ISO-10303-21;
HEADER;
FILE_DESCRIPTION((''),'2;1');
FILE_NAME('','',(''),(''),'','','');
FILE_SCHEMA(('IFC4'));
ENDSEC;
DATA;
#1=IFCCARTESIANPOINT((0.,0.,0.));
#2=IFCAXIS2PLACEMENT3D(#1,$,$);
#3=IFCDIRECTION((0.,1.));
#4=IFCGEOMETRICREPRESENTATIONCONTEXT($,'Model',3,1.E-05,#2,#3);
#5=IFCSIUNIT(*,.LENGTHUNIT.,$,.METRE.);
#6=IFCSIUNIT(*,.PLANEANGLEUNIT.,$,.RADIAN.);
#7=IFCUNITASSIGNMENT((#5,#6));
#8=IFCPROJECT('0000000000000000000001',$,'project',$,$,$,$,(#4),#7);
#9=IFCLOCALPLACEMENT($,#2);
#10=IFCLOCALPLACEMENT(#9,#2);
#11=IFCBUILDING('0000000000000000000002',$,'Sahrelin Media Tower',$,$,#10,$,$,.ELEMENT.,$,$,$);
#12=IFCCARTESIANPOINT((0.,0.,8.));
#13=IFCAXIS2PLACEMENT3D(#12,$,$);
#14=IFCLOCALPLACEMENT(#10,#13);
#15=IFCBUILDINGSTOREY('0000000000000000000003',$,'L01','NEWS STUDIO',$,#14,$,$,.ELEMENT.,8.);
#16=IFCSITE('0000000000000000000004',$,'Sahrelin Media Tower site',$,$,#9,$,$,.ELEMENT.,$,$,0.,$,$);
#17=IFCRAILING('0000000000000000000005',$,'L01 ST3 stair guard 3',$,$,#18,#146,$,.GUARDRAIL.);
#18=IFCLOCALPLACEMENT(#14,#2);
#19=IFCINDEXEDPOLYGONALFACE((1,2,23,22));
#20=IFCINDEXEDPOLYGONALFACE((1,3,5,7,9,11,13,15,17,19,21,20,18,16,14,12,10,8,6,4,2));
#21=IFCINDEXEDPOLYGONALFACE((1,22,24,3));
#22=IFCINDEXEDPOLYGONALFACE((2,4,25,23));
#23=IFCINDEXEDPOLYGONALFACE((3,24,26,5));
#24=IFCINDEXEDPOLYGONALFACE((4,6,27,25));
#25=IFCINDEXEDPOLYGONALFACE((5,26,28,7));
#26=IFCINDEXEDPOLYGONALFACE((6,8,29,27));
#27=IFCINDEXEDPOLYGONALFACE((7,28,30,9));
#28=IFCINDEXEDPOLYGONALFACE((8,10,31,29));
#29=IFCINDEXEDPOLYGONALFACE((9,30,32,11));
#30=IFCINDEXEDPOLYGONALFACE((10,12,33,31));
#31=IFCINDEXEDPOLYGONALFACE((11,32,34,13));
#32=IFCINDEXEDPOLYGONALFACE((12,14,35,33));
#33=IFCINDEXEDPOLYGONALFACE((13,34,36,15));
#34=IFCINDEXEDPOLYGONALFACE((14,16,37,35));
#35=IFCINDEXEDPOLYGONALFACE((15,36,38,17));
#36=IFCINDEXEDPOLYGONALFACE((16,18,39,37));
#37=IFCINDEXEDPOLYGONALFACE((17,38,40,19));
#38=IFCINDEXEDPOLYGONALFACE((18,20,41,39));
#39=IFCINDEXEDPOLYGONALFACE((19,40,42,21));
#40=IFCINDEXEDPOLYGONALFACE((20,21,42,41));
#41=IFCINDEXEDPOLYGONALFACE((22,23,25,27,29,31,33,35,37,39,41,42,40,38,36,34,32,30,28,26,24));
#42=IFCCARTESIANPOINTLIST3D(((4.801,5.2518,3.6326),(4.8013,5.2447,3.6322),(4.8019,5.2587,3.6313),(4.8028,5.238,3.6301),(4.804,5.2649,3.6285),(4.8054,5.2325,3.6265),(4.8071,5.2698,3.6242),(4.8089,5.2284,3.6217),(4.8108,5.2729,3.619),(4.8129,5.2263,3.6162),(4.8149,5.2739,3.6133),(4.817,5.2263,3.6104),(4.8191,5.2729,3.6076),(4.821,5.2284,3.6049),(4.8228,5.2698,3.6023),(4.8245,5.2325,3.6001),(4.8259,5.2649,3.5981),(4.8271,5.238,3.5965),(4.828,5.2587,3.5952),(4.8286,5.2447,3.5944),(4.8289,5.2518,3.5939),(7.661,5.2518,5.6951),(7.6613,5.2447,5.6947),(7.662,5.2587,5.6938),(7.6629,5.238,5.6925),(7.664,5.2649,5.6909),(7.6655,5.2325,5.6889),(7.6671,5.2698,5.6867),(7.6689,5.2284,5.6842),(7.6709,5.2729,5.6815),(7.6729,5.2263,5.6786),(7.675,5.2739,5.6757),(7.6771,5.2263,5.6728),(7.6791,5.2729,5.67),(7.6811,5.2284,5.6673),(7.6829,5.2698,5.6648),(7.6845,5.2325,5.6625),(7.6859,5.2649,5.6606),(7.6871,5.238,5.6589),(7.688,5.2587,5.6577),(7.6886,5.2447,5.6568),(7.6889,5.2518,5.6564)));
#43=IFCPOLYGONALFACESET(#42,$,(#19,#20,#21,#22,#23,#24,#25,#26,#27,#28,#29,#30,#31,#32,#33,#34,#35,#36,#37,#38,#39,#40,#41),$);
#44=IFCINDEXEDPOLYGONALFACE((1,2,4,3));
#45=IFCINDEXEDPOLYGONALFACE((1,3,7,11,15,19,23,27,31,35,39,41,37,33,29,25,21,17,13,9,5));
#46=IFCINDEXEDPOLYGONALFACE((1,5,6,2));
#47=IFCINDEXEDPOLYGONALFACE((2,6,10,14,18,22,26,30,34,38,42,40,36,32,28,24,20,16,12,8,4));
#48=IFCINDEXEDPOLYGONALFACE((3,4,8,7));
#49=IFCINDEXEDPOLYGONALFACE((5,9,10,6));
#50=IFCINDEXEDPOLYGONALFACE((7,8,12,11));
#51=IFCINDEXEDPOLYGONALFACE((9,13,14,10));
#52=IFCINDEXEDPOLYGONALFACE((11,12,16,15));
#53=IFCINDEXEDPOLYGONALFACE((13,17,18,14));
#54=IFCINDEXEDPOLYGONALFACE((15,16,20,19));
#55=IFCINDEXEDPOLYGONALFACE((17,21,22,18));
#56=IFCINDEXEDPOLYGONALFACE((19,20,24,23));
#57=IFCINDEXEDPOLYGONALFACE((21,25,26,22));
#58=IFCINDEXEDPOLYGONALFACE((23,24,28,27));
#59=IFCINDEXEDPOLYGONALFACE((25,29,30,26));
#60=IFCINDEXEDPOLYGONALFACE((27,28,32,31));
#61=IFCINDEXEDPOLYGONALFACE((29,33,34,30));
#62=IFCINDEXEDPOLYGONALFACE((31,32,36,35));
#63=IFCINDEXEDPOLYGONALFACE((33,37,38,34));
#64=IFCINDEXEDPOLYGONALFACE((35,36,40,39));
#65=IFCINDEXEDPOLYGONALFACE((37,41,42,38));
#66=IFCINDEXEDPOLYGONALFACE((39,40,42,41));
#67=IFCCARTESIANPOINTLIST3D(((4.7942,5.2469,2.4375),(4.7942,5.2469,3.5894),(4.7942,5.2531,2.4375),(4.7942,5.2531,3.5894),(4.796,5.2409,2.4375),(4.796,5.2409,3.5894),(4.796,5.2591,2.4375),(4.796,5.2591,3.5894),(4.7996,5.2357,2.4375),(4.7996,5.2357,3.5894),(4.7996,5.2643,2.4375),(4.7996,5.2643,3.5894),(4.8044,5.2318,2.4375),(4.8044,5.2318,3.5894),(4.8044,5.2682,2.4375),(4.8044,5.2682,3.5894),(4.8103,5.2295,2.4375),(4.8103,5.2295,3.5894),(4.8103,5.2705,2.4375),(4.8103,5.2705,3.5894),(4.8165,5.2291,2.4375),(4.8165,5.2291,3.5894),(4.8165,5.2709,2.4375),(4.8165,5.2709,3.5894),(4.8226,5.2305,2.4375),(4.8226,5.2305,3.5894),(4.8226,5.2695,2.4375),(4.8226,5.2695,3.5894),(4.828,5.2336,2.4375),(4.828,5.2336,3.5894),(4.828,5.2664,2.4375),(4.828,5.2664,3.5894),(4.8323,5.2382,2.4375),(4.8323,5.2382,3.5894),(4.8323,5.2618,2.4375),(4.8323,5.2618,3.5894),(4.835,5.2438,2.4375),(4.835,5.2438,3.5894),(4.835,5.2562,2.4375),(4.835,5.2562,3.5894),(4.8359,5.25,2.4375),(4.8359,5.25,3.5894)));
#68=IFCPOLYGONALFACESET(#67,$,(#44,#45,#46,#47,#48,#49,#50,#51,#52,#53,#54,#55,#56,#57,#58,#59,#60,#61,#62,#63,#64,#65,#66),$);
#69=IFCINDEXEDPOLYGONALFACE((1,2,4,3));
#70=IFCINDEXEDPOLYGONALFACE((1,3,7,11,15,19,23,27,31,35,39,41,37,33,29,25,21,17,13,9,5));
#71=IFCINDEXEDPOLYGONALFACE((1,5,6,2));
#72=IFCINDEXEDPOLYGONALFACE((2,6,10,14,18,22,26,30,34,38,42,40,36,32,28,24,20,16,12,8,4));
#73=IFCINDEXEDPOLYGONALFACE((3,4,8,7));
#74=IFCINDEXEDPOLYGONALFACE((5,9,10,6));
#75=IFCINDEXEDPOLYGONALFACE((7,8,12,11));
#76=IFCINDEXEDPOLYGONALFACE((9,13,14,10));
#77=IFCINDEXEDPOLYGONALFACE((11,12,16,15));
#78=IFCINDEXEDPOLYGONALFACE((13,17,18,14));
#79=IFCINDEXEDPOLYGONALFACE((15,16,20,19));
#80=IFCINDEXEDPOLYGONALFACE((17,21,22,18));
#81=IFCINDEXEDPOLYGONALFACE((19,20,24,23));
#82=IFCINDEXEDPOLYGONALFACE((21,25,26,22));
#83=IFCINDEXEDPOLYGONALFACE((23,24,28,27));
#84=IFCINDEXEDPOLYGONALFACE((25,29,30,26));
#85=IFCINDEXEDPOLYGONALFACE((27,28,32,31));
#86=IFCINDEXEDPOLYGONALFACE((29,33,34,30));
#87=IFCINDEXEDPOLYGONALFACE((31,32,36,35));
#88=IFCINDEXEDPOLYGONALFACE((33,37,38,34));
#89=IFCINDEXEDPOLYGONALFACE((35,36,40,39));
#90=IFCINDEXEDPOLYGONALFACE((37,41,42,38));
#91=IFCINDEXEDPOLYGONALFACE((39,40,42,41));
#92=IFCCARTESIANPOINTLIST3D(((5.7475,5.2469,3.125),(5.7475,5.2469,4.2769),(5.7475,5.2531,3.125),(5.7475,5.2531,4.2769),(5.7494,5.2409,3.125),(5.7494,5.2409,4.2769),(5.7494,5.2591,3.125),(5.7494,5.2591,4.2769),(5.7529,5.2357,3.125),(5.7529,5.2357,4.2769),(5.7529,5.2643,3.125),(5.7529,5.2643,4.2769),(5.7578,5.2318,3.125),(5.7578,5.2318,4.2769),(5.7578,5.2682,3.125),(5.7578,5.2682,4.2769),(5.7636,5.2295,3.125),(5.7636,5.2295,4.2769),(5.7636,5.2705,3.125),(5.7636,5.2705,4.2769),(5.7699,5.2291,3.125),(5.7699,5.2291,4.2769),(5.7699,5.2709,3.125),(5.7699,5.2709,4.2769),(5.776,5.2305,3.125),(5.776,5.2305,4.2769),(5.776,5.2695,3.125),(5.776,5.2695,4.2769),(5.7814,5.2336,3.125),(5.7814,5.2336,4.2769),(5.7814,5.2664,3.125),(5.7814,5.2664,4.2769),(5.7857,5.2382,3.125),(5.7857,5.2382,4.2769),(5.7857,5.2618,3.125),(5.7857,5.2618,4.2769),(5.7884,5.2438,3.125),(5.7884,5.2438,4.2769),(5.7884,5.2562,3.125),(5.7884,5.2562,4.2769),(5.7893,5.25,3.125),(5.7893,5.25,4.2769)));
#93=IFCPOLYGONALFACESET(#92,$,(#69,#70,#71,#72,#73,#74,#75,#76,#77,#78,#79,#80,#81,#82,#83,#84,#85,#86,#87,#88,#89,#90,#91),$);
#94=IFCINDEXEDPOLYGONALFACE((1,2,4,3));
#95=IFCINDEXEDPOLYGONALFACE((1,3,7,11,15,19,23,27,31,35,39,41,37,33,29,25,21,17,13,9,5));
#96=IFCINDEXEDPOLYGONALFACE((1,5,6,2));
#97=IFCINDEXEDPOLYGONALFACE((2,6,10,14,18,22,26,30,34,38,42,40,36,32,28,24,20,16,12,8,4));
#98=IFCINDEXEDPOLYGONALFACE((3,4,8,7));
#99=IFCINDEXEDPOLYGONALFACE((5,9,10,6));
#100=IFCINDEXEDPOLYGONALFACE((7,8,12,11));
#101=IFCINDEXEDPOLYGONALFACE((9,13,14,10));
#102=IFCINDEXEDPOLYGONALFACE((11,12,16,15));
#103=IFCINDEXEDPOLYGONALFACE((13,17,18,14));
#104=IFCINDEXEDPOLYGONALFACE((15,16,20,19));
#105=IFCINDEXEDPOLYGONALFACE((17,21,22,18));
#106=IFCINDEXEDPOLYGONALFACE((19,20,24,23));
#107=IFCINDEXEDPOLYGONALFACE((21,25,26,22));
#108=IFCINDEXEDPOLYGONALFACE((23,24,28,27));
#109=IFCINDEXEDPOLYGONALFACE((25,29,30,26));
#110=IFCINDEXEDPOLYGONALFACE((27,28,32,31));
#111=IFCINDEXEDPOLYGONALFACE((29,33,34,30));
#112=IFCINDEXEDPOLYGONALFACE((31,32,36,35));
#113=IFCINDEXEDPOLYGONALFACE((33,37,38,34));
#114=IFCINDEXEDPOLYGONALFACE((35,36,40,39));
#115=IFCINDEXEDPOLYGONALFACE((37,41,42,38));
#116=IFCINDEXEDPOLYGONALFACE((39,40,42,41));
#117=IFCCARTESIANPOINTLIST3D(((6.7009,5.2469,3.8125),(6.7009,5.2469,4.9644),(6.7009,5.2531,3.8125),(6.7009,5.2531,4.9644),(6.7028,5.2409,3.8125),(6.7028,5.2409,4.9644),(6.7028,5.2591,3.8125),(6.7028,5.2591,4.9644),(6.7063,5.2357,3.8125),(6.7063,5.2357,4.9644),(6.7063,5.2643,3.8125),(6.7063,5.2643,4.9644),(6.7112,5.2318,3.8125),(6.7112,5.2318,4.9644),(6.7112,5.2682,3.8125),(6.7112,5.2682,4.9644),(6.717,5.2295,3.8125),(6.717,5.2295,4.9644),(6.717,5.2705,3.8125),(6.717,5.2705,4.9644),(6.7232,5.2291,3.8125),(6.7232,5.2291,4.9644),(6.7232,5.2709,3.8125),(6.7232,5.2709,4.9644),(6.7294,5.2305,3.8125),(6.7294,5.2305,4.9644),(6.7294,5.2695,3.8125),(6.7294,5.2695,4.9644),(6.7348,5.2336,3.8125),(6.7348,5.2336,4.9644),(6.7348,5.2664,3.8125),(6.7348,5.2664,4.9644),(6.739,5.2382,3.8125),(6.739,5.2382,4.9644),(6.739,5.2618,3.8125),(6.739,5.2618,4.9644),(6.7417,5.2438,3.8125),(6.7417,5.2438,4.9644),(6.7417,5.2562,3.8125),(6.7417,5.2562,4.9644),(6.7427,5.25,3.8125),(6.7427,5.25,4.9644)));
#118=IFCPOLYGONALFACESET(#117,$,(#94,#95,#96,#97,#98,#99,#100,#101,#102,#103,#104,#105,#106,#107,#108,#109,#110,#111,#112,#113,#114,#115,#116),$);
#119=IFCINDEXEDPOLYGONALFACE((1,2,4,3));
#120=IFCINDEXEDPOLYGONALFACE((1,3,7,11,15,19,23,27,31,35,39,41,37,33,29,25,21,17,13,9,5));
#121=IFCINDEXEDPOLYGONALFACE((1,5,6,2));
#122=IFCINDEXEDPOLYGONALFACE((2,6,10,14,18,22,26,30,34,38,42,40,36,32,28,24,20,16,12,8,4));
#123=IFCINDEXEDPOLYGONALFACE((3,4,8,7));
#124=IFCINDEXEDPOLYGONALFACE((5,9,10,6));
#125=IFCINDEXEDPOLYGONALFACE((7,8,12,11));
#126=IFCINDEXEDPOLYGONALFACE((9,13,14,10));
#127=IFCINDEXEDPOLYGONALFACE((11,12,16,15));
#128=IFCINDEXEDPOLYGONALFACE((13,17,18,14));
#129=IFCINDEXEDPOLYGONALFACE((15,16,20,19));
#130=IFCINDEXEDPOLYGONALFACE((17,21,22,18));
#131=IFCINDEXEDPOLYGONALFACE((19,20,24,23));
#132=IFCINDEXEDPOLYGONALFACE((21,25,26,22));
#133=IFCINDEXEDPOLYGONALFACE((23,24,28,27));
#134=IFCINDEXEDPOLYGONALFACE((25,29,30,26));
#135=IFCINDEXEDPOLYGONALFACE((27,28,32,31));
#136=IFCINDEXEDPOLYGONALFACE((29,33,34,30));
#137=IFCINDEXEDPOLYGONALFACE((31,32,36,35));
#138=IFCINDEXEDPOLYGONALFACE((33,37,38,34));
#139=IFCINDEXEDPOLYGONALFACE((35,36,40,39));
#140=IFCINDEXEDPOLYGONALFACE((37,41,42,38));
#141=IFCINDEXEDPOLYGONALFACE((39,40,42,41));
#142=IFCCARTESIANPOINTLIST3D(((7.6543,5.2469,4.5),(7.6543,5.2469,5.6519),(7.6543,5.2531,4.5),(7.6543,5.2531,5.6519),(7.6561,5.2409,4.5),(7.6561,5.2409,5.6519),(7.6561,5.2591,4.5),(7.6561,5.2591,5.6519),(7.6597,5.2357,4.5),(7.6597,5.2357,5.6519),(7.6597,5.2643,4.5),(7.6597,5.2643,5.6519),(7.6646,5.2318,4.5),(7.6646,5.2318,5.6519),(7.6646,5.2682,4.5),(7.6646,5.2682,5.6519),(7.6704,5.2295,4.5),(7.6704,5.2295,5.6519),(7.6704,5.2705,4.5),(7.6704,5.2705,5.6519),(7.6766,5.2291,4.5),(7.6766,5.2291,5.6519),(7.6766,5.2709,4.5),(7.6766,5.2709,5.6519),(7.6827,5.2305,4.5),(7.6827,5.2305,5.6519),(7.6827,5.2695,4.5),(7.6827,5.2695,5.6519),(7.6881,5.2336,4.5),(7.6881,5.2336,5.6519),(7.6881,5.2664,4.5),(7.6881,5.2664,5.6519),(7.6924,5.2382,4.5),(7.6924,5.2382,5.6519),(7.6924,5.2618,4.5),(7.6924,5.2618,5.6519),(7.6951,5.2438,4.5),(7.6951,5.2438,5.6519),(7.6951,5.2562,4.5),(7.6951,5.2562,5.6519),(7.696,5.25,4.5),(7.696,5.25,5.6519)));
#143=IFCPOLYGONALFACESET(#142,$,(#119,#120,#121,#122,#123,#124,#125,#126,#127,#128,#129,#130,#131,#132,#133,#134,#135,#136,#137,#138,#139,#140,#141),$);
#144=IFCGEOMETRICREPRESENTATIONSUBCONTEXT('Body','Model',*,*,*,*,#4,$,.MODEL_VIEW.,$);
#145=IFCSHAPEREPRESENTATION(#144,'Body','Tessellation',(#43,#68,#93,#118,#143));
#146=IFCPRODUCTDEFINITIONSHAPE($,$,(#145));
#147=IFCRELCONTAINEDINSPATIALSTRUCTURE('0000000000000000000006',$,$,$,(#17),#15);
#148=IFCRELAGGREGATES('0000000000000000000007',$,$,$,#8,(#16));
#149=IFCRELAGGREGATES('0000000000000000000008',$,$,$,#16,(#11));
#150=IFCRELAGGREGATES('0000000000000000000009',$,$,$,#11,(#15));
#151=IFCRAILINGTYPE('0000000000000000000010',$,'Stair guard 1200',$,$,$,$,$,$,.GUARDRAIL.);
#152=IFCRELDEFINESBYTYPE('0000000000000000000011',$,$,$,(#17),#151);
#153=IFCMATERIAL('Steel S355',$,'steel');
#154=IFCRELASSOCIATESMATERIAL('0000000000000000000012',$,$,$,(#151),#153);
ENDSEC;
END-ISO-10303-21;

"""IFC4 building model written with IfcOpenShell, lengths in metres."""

from ifc_helpers import new_model, si_unit, direction, frame, origin, origin_2d, place, context, subcontext, project, spatial, circle, extrude, material, type_object, element, save


model = new_model("IFC4")

# Units and contexts
model_context = context("Model", 3, precision=1e-05, world=origin(), true_north=direction((0.0, 1.0)))
body_context = subcontext(model_context, "Body", "Model", "MODEL_VIEW")
ifc_project = project(units=[si_unit("LENGTHUNIT", "METRE"), si_unit("PLANEANGLEUNIT", "RADIAN")], contexts=[model_context])

# Site, building, storey
site_placement = place(None, origin())
site = spatial("IfcSite", under=ifc_project, at=site_placement, Name="Sahrelin Media Tower site", CompositionType="ELEMENT", RefElevation=0.0)
building_placement = place(site_placement, origin())
building = spatial("IfcBuilding", under=site, at=building_placement, Name="Sahrelin Media Tower", CompositionType="ELEMENT")
storey_placement = place(building_placement, frame((0.0, 0.0, 8.0)))
storey = spatial("IfcBuildingStorey", under=building, at=storey_placement, Name="L01", Description="NEWS STUDIO", CompositionType="ELEMENT", Elevation=8.0)

# Shared definitions
ifc_material_1 = material(Name="Steel S355", Category="steel")

# Railing
railing_type_1 = type_object("IfcRailingType", Name="Stair guard 1200", PredefinedType="GUARDRAIL", material=ifc_material_1)
railing_1_placement = place(storey_placement, frame((4.8149, 5.25, 2.4375)))
element("IfcRailing", 1, at=railing_1_placement, inside=storey, type_object=railing_type_1, Name="L01 ST3 stair guard 3", PredefinedType="GUARDRAIL", context=body_context, shape_type="SweptSolid", body=[
    extrude(circle(Radius=0.0239, at=origin_2d()), frame((0.0, 0.0, 1.1758), z_axis=(0.811101, 0.0, 0.584906), x_axis=(0.0, 1.0, 0.0)), (0.0, 0.0, 1.0), 3.5261),
    extrude(circle(Radius=0.021, at=origin_2d()), origin(), (0.0, 0.0, 1.0), 1.1519),
    extrude(circle(Radius=0.021, at=origin_2d()), frame((0.9534, 0.0, 0.6875)), (0.0, 0.0, 1.0), 1.1519),
    extrude(circle(Radius=0.021, at=origin_2d()), frame((1.9067, 0.0, 1.375)), (0.0, 0.0, 1.0), 1.1519),
    extrude(circle(Radius=0.021, at=origin_2d()), frame((2.8601, 0.0, 2.0625)), (0.0, 0.0, 1.0), 1.1519),
])

save(model, "model.ifc")
